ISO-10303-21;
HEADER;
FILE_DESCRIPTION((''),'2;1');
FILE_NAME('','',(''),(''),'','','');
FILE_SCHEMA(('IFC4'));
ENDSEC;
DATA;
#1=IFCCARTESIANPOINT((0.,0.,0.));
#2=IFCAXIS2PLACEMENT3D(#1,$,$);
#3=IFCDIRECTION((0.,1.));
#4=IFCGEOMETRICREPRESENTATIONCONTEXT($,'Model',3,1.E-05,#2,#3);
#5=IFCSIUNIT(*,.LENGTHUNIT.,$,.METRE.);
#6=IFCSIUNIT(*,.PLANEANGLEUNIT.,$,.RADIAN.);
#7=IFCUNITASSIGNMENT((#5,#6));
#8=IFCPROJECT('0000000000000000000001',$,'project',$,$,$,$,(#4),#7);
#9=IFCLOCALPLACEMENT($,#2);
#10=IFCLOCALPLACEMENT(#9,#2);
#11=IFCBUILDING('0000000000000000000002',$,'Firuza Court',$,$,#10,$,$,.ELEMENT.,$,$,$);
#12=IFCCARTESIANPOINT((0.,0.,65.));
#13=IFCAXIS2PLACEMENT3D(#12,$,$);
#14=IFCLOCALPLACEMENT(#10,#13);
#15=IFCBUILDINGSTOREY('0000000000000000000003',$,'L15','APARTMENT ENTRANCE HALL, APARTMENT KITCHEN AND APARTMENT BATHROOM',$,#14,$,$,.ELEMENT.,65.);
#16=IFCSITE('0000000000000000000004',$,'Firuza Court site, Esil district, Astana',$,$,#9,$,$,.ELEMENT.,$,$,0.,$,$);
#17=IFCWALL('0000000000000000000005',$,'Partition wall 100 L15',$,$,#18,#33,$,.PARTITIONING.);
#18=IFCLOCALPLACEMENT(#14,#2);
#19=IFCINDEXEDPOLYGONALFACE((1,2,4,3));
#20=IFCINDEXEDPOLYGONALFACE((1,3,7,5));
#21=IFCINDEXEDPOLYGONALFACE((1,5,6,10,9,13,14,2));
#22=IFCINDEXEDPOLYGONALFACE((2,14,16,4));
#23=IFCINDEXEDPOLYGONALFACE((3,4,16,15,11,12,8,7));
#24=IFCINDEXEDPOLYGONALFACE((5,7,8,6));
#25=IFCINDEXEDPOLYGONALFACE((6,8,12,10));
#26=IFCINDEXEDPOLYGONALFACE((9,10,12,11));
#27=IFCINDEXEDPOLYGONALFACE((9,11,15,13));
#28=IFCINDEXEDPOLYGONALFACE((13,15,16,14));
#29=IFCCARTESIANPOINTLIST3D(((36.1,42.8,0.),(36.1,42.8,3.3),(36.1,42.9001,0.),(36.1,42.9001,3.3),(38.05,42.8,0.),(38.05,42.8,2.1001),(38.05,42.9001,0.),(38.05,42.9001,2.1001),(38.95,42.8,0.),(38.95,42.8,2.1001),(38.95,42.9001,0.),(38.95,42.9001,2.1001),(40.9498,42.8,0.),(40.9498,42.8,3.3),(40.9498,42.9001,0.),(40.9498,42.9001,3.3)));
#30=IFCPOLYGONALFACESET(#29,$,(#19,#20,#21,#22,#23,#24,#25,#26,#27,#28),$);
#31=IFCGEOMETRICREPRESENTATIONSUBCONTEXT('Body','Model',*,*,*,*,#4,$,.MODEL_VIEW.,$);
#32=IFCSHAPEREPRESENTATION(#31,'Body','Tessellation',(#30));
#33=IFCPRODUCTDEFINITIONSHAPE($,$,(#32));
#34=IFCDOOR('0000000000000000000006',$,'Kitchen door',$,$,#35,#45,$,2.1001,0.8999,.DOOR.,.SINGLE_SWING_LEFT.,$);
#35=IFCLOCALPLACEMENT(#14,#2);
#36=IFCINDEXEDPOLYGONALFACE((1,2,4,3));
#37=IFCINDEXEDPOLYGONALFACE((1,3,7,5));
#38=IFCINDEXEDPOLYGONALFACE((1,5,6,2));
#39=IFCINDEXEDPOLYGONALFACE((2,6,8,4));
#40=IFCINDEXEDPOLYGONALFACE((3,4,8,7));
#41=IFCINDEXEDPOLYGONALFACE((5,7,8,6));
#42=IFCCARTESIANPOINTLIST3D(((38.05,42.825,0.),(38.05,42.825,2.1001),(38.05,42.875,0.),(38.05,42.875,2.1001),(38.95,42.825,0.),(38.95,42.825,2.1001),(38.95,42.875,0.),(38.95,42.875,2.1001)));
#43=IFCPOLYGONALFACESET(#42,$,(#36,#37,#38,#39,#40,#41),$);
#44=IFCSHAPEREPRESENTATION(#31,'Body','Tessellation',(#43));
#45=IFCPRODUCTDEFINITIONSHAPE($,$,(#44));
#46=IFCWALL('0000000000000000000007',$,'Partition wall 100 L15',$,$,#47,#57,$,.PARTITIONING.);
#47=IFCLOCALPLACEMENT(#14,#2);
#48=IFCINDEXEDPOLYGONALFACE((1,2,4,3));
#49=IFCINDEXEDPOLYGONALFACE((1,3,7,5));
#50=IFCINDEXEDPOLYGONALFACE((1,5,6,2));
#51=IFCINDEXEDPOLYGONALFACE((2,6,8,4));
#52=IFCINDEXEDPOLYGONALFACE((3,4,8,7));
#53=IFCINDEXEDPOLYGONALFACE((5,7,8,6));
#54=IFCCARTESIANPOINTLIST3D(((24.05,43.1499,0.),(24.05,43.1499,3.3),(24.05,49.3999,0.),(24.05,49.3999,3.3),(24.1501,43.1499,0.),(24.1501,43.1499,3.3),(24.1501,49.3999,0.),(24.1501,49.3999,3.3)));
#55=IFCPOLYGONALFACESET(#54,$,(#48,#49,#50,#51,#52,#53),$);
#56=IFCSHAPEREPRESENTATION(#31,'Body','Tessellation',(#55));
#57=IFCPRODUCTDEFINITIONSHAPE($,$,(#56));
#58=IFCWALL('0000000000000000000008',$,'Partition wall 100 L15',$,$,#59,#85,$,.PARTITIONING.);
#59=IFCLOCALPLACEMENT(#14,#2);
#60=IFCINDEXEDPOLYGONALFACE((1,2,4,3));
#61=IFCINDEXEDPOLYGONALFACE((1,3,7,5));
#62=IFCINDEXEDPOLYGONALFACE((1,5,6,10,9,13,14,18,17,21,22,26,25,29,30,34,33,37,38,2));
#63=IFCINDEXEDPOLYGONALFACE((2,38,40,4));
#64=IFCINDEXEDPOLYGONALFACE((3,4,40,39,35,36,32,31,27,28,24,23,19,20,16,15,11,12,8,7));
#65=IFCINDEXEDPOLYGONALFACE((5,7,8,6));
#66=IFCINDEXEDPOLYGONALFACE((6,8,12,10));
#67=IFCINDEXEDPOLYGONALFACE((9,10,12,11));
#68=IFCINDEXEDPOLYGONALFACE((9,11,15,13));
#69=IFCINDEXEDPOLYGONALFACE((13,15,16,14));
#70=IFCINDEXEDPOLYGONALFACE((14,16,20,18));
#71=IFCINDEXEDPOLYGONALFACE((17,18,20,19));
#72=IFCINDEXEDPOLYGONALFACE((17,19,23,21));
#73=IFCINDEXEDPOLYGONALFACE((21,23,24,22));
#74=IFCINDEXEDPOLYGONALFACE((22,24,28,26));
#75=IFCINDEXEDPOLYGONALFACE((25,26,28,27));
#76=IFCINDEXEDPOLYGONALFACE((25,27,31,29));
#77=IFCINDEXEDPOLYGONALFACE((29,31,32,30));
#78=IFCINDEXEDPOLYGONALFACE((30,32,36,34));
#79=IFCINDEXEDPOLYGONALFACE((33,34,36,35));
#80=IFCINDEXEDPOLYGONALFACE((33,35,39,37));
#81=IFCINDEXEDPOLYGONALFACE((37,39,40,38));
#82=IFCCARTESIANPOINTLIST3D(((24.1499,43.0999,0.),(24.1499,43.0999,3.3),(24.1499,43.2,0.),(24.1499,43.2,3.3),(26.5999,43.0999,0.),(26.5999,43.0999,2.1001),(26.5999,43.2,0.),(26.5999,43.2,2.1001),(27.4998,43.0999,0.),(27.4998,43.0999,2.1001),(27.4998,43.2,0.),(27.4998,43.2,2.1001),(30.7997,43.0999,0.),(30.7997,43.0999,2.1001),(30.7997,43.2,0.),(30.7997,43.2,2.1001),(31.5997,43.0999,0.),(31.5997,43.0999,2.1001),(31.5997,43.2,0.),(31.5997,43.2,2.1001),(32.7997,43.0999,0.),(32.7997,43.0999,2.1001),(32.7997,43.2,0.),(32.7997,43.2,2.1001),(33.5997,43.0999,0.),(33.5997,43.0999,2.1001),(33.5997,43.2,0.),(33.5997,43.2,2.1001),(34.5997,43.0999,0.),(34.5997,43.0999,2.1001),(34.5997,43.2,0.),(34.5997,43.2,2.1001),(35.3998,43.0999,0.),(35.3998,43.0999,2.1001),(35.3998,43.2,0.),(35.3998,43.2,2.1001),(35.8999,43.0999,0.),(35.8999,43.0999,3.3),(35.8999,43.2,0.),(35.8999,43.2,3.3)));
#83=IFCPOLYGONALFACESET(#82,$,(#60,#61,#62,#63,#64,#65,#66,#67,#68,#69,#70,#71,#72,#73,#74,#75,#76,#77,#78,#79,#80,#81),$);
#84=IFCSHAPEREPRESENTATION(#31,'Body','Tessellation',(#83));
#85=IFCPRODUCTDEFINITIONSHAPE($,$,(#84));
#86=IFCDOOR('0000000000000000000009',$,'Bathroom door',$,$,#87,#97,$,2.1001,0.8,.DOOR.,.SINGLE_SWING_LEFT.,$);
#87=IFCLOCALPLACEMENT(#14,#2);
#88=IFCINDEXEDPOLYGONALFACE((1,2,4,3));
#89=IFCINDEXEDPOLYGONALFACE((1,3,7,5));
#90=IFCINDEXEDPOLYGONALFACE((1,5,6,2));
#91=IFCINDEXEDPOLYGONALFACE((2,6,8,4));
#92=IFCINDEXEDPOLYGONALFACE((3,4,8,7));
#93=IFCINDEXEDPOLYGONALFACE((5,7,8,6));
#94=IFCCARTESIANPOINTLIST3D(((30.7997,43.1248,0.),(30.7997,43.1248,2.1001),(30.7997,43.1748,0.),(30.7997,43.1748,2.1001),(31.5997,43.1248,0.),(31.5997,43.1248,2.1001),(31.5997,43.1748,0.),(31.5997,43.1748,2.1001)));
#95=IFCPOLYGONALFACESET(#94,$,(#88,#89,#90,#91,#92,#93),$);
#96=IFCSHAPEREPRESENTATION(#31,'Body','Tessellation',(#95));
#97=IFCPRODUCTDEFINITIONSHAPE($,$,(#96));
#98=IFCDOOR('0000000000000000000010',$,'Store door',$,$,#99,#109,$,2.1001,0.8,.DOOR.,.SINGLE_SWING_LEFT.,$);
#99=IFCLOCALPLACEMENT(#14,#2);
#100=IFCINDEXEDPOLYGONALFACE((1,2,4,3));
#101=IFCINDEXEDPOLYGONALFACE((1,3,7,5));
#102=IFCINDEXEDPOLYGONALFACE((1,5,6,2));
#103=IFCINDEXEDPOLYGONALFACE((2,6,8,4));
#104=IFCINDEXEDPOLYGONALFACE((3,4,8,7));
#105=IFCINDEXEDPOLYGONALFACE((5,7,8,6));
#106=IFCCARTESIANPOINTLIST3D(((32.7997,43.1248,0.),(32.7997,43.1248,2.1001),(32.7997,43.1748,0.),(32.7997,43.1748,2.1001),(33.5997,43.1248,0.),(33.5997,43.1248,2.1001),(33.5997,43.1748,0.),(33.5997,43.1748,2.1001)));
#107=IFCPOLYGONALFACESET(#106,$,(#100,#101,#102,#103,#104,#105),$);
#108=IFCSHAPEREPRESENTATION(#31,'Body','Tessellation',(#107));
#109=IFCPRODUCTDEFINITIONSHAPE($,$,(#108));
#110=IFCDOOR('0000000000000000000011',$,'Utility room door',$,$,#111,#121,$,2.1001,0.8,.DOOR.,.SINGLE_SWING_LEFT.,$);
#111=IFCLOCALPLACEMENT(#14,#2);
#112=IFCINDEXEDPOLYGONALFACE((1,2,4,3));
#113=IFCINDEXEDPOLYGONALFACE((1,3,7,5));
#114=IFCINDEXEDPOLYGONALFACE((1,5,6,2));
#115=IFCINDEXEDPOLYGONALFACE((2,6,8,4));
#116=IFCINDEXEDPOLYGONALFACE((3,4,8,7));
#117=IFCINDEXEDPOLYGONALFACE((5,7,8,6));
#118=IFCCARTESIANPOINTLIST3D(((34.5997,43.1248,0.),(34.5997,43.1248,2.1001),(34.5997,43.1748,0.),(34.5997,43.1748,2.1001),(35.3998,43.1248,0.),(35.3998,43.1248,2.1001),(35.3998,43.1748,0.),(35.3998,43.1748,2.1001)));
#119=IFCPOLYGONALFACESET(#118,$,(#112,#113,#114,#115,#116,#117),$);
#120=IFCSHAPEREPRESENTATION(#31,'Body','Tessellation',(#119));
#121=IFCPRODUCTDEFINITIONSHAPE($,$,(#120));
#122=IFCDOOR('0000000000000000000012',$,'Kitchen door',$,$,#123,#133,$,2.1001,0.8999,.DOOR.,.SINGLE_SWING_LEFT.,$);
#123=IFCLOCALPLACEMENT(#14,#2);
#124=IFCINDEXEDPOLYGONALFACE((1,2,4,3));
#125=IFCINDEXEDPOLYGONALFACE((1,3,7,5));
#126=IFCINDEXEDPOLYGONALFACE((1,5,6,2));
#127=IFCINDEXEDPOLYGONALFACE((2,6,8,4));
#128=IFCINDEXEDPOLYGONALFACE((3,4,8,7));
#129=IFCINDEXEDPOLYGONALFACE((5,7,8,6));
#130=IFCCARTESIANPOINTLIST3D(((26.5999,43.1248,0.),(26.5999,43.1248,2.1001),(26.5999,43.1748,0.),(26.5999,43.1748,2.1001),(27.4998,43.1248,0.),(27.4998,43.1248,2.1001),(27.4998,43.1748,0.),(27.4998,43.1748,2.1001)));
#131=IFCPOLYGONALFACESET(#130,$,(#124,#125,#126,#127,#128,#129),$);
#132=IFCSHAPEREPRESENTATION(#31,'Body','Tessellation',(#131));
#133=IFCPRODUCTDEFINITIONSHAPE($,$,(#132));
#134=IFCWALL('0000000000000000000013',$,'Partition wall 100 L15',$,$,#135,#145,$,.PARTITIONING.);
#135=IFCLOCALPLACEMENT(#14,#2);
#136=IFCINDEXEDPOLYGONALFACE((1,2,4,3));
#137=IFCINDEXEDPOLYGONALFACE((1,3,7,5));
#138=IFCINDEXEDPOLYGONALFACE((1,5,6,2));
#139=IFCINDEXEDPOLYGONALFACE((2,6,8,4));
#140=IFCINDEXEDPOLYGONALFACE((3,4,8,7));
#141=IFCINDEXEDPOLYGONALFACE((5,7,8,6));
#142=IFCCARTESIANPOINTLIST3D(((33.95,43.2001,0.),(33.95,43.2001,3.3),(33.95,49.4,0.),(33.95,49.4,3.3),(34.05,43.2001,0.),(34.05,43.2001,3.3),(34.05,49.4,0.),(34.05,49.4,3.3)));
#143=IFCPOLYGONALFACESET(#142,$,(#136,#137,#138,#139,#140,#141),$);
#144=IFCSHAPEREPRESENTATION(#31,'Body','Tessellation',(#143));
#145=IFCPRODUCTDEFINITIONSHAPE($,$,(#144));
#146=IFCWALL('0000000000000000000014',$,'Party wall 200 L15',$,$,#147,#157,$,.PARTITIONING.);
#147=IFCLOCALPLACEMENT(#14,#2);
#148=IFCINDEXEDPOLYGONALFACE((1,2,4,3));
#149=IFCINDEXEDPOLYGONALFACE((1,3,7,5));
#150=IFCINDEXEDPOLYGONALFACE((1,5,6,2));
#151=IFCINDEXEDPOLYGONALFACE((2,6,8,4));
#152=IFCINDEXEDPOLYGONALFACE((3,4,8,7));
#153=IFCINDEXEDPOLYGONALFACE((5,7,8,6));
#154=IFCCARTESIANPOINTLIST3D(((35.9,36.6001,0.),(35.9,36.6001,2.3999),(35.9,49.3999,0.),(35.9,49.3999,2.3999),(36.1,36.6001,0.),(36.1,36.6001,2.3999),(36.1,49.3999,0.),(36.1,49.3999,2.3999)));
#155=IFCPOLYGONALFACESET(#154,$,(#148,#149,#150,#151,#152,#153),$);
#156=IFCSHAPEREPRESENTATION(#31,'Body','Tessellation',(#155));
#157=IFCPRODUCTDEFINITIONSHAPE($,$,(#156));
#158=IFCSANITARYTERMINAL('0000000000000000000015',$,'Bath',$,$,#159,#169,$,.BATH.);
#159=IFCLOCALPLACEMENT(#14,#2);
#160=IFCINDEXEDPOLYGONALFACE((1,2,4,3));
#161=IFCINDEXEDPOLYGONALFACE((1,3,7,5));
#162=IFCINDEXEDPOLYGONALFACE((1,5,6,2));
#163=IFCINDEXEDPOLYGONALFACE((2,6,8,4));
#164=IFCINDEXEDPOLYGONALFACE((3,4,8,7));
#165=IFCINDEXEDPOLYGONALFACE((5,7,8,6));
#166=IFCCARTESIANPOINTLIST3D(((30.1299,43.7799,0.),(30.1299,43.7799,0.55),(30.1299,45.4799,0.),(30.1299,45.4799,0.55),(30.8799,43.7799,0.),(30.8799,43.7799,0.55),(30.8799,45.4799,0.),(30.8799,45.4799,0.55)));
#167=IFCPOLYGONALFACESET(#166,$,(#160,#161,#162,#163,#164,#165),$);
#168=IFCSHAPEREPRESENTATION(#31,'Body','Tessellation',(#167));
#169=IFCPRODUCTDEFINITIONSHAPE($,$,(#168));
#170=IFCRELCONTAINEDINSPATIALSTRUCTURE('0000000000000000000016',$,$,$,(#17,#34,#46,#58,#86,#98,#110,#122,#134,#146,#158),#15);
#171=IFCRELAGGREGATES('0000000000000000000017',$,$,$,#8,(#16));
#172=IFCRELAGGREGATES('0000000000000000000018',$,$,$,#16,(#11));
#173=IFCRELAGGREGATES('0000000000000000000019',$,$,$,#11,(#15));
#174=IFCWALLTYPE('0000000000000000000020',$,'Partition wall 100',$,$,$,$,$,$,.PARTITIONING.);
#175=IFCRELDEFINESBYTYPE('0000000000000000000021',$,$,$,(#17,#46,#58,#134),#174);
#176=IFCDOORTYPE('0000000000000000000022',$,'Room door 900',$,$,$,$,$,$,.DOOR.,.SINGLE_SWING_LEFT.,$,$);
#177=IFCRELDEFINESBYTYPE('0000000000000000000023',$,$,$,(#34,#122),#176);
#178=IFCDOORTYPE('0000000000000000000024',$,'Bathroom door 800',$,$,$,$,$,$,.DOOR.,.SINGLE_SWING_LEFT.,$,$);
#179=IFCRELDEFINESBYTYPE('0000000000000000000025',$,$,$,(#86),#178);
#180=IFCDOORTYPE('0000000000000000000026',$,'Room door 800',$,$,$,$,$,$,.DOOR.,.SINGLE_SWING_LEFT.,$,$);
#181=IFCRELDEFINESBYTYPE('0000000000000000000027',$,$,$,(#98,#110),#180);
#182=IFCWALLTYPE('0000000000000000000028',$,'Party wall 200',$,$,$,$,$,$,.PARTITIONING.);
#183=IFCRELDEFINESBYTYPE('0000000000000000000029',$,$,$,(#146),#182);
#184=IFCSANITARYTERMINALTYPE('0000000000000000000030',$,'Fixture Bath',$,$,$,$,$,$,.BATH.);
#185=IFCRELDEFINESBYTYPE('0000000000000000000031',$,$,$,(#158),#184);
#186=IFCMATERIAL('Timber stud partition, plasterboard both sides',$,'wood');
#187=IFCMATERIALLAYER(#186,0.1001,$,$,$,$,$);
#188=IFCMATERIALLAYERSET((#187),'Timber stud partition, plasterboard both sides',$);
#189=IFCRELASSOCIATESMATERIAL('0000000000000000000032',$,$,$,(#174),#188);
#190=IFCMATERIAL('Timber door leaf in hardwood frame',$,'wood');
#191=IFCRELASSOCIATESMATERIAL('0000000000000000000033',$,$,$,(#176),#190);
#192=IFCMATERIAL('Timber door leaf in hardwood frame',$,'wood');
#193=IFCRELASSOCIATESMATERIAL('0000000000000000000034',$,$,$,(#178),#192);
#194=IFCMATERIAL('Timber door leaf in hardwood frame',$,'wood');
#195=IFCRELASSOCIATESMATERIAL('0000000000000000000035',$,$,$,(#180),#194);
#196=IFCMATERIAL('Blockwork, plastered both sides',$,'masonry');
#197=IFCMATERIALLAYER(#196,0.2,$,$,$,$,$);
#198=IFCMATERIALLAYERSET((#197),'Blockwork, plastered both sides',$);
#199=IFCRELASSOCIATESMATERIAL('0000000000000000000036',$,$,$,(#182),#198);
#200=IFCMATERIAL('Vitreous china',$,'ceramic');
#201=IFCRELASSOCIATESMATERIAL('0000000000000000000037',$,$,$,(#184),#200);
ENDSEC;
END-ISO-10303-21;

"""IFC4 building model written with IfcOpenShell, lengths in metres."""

from ifc_helpers import new_model, si_unit, direction, frame, frame_2d, origin, origin_2d, place, context, subcontext, project, spatial, rectangle, extrude, material, layer, layer_set, type_object, element, fill, save


model = new_model("IFC4")

# Units and contexts
model_context = context("Model", 3, precision=1e-05, world=origin(), true_north=direction((0.0, 1.0)))
body_context = subcontext(model_context, "Body", "Model", "MODEL_VIEW")
ifc_project = project(units=[si_unit("LENGTHUNIT", "METRE"), si_unit("PLANEANGLEUNIT", "RADIAN")], contexts=[model_context])

# Site, building, storey
site_placement = place(None, origin())
site = spatial("IfcSite", under=ifc_project, at=site_placement, Name="Firuza Court site, Esil district, Astana", CompositionType="ELEMENT", RefElevation=0.0)
building_placement = place(site_placement, origin())
building = spatial("IfcBuilding", under=site, at=building_placement, Name="Firuza Court", CompositionType="ELEMENT")
storey_placement = place(building_placement, frame((0.0, 0.0, 65.0)))
storey = spatial("IfcBuildingStorey", under=building, at=storey_placement, Name="L15", Description="APARTMENT ENTRANCE HALL, APARTMENT KITCHEN AND APARTMENT BATHROOM", CompositionType="ELEMENT", Elevation=65.0)

# Shared definitions
ifc_material_1 = material(Name="Timber stud partition, plasterboard both sides", Category="wood")
ifc_layer_1 = layer(ifc_material_1, 0.1001)
ifc_layer_set_1 = layer_set([ifc_layer_1], Name="Timber stud partition, plasterboard both sides")
wall_type_1 = type_object("IfcWallType", Name="Partition wall 100", PredefinedType="PARTITIONING", material=ifc_layer_set_1)

# Shared definitions
ifc_material_2 = material(Name="Timber door leaf in hardwood frame", Category="wood")
door_type_1 = type_object("IfcDoorType", Name="Room door 900", OperationType="SINGLE_SWING_LEFT", PredefinedType="DOOR", material=ifc_material_2)

# Wall, opening, door
wall_1_placement = place(storey_placement, frame((36.1001, 42.8501, 0.0), z_axis=(0.0, 0.0, 1.0), x_axis=(1.0, 0.0, 0.0)))
wall_1 = element("IfcWall", 1, at=wall_1_placement, inside=storey, type_object=wall_type_1, Name="Partition wall 100 L15", PredefinedType="PARTITIONING", context=body_context, shape_type="SweptSolid", body=[
    extrude(rectangle(XDim=4.8499, YDim=0.1001, at=frame_2d((2.4248, 0.0))), origin(), (0.0, 0.0, 1.0), 3.3),
])
opening_1_placement = place(wall_1_placement, frame((1.95, 0.0, 0.0)))
opening_1 = element("IfcOpeningElement", 2, at=opening_1_placement, cuts=wall_1, PredefinedType="OPENING", context=body_context, shape_type="SweptSolid", body=[
    extrude(rectangle(XDim=0.8999, YDim=2.1001, at=frame_2d((0.45, 1.05))), frame((0.0, 0.062, 0.0), z_axis=(0.0, -1.0, 0.0), x_axis=(1.0, 0.0, 0.0)), (0.0, 0.0, 1.0), 0.124),
])
door_1_placement = place(opening_1_placement, origin())
door_1 = element("IfcDoor", 3, at=door_1_placement, inside=storey, type_object=door_type_1, Name="Kitchen door", OperationType="SINGLE_SWING_LEFT", OverallHeight=2.1001, OverallWidth=0.8999, PredefinedType="DOOR", context=body_context, shape_type="SweptSolid", body=[
    extrude(rectangle(XDim=0.8999, YDim=2.1001, at=frame_2d((0.45, 1.05))), frame((0.0, 0.0249, 0.0), z_axis=(0.0, -1.0, 0.0), x_axis=(1.0, 0.0, 0.0)), (0.0, 0.0, 1.0), 0.05),
])
fill(opening_1, door_1)

# Wall
wall_2_placement = place(storey_placement, frame((24.1001, 43.1499, 0.0), z_axis=(0.0, 0.0, 1.0), x_axis=(0.0, 1.0, 0.0)))
element("IfcWall", 4, at=wall_2_placement, inside=storey, type_object=wall_type_1, Name="Partition wall 100 L15", PredefinedType="PARTITIONING", context=body_context, shape_type="SweptSolid", body=[
    extrude(rectangle(XDim=6.25, YDim=0.1001, at=frame_2d((3.125, 0.0))), origin(), (0.0, 0.0, 1.0), 3.3),
])

# Wall, openings, doors
wall_3_placement = place(storey_placement, frame((24.1499, 43.1499, 0.0), z_axis=(0.0, 0.0, 1.0), x_axis=(1.0, 0.0, 0.0)))
wall_3 = element("IfcWall", 5, at=wall_3_placement, inside=storey, type_object=wall_type_1, Name="Partition wall 100 L15", PredefinedType="PARTITIONING", context=body_context, shape_type="SweptSolid", body=[
    extrude(rectangle(XDim=11.75, YDim=0.1001, at=frame_2d((5.875, 0.0))), origin(), (0.0, 0.0, 1.0), 3.3),
])
opening_2_placement = place(wall_3_placement, frame((6.6499, 0.0, 0.0)))
opening_2 = element("IfcOpeningElement", 6, at=opening_2_placement, cuts=wall_3, PredefinedType="OPENING", context=body_context, shape_type="SweptSolid", body=[
    extrude(rectangle(XDim=0.8, YDim=2.1001, at=frame_2d((0.3999, 1.05))), frame((0.0, 0.062, 0.0), z_axis=(0.0, -1.0, 0.0), x_axis=(1.0, 0.0, 0.0)), (0.0, 0.0, 1.0), 0.124),
])
opening_3_placement = place(wall_3_placement, frame((2.45, 0.0, 0.0)))
opening_3 = element("IfcOpeningElement", 7, at=opening_3_placement, cuts=wall_3, PredefinedType="OPENING", context=body_context, shape_type="SweptSolid", body=[
    extrude(rectangle(XDim=0.8999, YDim=2.1001, at=frame_2d((0.45, 1.05))), frame((0.0, 0.062, 0.0), z_axis=(0.0, -1.0, 0.0), x_axis=(1.0, 0.0, 0.0)), (0.0, 0.0, 1.0), 0.124),
])
opening_4_placement = place(wall_3_placement, frame((8.6499, 0.0, 0.0)))
opening_4 = element("IfcOpeningElement", 8, at=opening_4_placement, cuts=wall_3, PredefinedType="OPENING", context=body_context, shape_type="SweptSolid", body=[
    extrude(rectangle(XDim=0.8, YDim=2.1001, at=frame_2d((0.3999, 1.05))), frame((0.0, 0.062, 0.0), z_axis=(0.0, -1.0, 0.0), x_axis=(1.0, 0.0, 0.0)), (0.0, 0.0, 1.0), 0.124),
])
opening_5_placement = place(wall_3_placement, frame((10.45, 0.0, 0.0)))
opening_5 = element("IfcOpeningElement", 9, at=opening_5_placement, cuts=wall_3, PredefinedType="OPENING", context=body_context, shape_type="SweptSolid", body=[
    extrude(rectangle(XDim=0.8, YDim=2.1001, at=frame_2d((0.3999, 1.05))), frame((0.0, 0.062, 0.0), z_axis=(0.0, -1.0, 0.0), x_axis=(1.0, 0.0, 0.0)), (0.0, 0.0, 1.0), 0.124),
])
ifc_material_3 = material(Name="Timber door leaf in hardwood frame", Category="wood")
door_type_2 = type_object("IfcDoorType", Name="Bathroom door 800", OperationType="SINGLE_SWING_LEFT", PredefinedType="DOOR", material=ifc_material_3)
door_2_placement = place(opening_2_placement, origin())
door_2 = element("IfcDoor", 10, at=door_2_placement, inside=storey, type_object=door_type_2, Name="Bathroom door", OperationType="SINGLE_SWING_LEFT", OverallHeight=2.1001, OverallWidth=0.8, PredefinedType="DOOR", context=body_context, shape_type="SweptSolid", body=[
    extrude(rectangle(XDim=0.8, YDim=2.1001, at=frame_2d((0.3999, 1.05))), frame((0.0, 0.0249, 0.0), z_axis=(0.0, -1.0, 0.0), x_axis=(1.0, 0.0, 0.0)), (0.0, 0.0, 1.0), 0.05),
])
fill(opening_2, door_2)
ifc_material_4 = material(Name="Timber door leaf in hardwood frame", Category="wood")
door_type_3 = type_object("IfcDoorType", Name="Room door 800", OperationType="SINGLE_SWING_LEFT", PredefinedType="DOOR", material=ifc_material_4)
door_3_placement = place(opening_4_placement, origin())
door_3 = element("IfcDoor", 11, at=door_3_placement, inside=storey, type_object=door_type_3, Name="Store door", OperationType="SINGLE_SWING_LEFT", OverallHeight=2.1001, OverallWidth=0.8, PredefinedType="DOOR", context=body_context, shape_type="SweptSolid", body=[
    extrude(rectangle(XDim=0.8, YDim=2.1001, at=frame_2d((0.3999, 1.05))), frame((0.0, 0.0249, 0.0), z_axis=(0.0, -1.0, 0.0), x_axis=(1.0, 0.0, 0.0)), (0.0, 0.0, 1.0), 0.05),
])
fill(opening_4, door_3)
door_4_placement = place(opening_5_placement, origin())
door_4 = element("IfcDoor", 12, at=door_4_placement, inside=storey, type_object=door_type_3, Name="Utility room door", OperationType="SINGLE_SWING_LEFT", OverallHeight=2.1001, OverallWidth=0.8, PredefinedType="DOOR", context=body_context, shape_type="SweptSolid", body=[
    extrude(rectangle(XDim=0.8, YDim=2.1001, at=frame_2d((0.3999, 1.05))), frame((0.0, 0.0249, 0.0), z_axis=(0.0, -1.0, 0.0), x_axis=(1.0, 0.0, 0.0)), (0.0, 0.0, 1.0), 0.05),
])
fill(opening_5, door_4)
door_5_placement = place(opening_3_placement, origin())
door_5 = element("IfcDoor", 13, at=door_5_placement, inside=storey, type_object=door_type_1, Name="Kitchen door", OperationType="SINGLE_SWING_LEFT", OverallHeight=2.1001, OverallWidth=0.8999, PredefinedType="DOOR", context=body_context, shape_type="SweptSolid", body=[
    extrude(rectangle(XDim=0.8999, YDim=2.1001, at=frame_2d((0.45, 1.05))), frame((0.0, 0.0249, 0.0), z_axis=(0.0, -1.0, 0.0), x_axis=(1.0, 0.0, 0.0)), (0.0, 0.0, 1.0), 0.05),
])
fill(opening_3, door_5)

# Walls
wall_4_placement = place(storey_placement, frame((34.0, 43.2, 0.0), z_axis=(0.0, 0.0, 1.0), x_axis=(0.0, 1.0, 0.0)))
element("IfcWall", 14, at=wall_4_placement, inside=storey, type_object=wall_type_1, Name="Partition wall 100 L15", PredefinedType="PARTITIONING", context=body_context, shape_type="SweptSolid", body=[
    extrude(rectangle(XDim=6.2, YDim=0.1001, at=frame_2d((3.1001, 0.0))), origin(), (0.0, 0.0, 1.0), 3.3),
])
ifc_material_5 = material(Name="Blockwork, plastered both sides", Category="masonry")
ifc_layer_2 = layer(ifc_material_5, 0.2)
ifc_layer_set_2 = layer_set([ifc_layer_2], Name="Blockwork, plastered both sides")
wall_type_2 = type_object("IfcWallType", Name="Party wall 200", PredefinedType="PARTITIONING", material=ifc_layer_set_2)
wall_5_placement = place(storey_placement, frame((36.0, 36.6001, 0.0), z_axis=(0.0, 0.0, 1.0), x_axis=(0.0, 1.0, 0.0)))
element("IfcWall", 15, at=wall_5_placement, inside=storey, type_object=wall_type_2, Name="Party wall 200 L15", PredefinedType="PARTITIONING", context=body_context, shape_type="SweptSolid", body=[
    extrude(rectangle(XDim=12.7998, YDim=0.2, at=frame_2d((6.3999, 0.0))), origin(), (0.0, 0.0, 1.0), 2.3999),
])

# Sanitary terminal
ifc_material_6 = material(Name="Vitreous china", Category="ceramic")
sanitary_terminal_type_1 = type_object("IfcSanitaryTerminalType", Name="Fixture Bath", PredefinedType="BATH", material=ifc_material_6)
sanitary_terminal_1_placement = place(storey_placement, frame((30.5049, 44.6299, 0.0), z_axis=(0.0, 0.0, 1.0), x_axis=(1.0, 0.0, 0.0)))
element("IfcSanitaryTerminal", 16, at=sanitary_terminal_1_placement, inside=storey, type_object=sanitary_terminal_type_1, Name="Bath", PredefinedType="BATH", context=body_context, shape_type="SweptSolid", body=[
    extrude(rectangle(XDim=0.75, YDim=1.7, at=origin_2d()), origin(), (0.0, 0.0, 1.0), 0.55),
])

save(model, "model.ifc")
